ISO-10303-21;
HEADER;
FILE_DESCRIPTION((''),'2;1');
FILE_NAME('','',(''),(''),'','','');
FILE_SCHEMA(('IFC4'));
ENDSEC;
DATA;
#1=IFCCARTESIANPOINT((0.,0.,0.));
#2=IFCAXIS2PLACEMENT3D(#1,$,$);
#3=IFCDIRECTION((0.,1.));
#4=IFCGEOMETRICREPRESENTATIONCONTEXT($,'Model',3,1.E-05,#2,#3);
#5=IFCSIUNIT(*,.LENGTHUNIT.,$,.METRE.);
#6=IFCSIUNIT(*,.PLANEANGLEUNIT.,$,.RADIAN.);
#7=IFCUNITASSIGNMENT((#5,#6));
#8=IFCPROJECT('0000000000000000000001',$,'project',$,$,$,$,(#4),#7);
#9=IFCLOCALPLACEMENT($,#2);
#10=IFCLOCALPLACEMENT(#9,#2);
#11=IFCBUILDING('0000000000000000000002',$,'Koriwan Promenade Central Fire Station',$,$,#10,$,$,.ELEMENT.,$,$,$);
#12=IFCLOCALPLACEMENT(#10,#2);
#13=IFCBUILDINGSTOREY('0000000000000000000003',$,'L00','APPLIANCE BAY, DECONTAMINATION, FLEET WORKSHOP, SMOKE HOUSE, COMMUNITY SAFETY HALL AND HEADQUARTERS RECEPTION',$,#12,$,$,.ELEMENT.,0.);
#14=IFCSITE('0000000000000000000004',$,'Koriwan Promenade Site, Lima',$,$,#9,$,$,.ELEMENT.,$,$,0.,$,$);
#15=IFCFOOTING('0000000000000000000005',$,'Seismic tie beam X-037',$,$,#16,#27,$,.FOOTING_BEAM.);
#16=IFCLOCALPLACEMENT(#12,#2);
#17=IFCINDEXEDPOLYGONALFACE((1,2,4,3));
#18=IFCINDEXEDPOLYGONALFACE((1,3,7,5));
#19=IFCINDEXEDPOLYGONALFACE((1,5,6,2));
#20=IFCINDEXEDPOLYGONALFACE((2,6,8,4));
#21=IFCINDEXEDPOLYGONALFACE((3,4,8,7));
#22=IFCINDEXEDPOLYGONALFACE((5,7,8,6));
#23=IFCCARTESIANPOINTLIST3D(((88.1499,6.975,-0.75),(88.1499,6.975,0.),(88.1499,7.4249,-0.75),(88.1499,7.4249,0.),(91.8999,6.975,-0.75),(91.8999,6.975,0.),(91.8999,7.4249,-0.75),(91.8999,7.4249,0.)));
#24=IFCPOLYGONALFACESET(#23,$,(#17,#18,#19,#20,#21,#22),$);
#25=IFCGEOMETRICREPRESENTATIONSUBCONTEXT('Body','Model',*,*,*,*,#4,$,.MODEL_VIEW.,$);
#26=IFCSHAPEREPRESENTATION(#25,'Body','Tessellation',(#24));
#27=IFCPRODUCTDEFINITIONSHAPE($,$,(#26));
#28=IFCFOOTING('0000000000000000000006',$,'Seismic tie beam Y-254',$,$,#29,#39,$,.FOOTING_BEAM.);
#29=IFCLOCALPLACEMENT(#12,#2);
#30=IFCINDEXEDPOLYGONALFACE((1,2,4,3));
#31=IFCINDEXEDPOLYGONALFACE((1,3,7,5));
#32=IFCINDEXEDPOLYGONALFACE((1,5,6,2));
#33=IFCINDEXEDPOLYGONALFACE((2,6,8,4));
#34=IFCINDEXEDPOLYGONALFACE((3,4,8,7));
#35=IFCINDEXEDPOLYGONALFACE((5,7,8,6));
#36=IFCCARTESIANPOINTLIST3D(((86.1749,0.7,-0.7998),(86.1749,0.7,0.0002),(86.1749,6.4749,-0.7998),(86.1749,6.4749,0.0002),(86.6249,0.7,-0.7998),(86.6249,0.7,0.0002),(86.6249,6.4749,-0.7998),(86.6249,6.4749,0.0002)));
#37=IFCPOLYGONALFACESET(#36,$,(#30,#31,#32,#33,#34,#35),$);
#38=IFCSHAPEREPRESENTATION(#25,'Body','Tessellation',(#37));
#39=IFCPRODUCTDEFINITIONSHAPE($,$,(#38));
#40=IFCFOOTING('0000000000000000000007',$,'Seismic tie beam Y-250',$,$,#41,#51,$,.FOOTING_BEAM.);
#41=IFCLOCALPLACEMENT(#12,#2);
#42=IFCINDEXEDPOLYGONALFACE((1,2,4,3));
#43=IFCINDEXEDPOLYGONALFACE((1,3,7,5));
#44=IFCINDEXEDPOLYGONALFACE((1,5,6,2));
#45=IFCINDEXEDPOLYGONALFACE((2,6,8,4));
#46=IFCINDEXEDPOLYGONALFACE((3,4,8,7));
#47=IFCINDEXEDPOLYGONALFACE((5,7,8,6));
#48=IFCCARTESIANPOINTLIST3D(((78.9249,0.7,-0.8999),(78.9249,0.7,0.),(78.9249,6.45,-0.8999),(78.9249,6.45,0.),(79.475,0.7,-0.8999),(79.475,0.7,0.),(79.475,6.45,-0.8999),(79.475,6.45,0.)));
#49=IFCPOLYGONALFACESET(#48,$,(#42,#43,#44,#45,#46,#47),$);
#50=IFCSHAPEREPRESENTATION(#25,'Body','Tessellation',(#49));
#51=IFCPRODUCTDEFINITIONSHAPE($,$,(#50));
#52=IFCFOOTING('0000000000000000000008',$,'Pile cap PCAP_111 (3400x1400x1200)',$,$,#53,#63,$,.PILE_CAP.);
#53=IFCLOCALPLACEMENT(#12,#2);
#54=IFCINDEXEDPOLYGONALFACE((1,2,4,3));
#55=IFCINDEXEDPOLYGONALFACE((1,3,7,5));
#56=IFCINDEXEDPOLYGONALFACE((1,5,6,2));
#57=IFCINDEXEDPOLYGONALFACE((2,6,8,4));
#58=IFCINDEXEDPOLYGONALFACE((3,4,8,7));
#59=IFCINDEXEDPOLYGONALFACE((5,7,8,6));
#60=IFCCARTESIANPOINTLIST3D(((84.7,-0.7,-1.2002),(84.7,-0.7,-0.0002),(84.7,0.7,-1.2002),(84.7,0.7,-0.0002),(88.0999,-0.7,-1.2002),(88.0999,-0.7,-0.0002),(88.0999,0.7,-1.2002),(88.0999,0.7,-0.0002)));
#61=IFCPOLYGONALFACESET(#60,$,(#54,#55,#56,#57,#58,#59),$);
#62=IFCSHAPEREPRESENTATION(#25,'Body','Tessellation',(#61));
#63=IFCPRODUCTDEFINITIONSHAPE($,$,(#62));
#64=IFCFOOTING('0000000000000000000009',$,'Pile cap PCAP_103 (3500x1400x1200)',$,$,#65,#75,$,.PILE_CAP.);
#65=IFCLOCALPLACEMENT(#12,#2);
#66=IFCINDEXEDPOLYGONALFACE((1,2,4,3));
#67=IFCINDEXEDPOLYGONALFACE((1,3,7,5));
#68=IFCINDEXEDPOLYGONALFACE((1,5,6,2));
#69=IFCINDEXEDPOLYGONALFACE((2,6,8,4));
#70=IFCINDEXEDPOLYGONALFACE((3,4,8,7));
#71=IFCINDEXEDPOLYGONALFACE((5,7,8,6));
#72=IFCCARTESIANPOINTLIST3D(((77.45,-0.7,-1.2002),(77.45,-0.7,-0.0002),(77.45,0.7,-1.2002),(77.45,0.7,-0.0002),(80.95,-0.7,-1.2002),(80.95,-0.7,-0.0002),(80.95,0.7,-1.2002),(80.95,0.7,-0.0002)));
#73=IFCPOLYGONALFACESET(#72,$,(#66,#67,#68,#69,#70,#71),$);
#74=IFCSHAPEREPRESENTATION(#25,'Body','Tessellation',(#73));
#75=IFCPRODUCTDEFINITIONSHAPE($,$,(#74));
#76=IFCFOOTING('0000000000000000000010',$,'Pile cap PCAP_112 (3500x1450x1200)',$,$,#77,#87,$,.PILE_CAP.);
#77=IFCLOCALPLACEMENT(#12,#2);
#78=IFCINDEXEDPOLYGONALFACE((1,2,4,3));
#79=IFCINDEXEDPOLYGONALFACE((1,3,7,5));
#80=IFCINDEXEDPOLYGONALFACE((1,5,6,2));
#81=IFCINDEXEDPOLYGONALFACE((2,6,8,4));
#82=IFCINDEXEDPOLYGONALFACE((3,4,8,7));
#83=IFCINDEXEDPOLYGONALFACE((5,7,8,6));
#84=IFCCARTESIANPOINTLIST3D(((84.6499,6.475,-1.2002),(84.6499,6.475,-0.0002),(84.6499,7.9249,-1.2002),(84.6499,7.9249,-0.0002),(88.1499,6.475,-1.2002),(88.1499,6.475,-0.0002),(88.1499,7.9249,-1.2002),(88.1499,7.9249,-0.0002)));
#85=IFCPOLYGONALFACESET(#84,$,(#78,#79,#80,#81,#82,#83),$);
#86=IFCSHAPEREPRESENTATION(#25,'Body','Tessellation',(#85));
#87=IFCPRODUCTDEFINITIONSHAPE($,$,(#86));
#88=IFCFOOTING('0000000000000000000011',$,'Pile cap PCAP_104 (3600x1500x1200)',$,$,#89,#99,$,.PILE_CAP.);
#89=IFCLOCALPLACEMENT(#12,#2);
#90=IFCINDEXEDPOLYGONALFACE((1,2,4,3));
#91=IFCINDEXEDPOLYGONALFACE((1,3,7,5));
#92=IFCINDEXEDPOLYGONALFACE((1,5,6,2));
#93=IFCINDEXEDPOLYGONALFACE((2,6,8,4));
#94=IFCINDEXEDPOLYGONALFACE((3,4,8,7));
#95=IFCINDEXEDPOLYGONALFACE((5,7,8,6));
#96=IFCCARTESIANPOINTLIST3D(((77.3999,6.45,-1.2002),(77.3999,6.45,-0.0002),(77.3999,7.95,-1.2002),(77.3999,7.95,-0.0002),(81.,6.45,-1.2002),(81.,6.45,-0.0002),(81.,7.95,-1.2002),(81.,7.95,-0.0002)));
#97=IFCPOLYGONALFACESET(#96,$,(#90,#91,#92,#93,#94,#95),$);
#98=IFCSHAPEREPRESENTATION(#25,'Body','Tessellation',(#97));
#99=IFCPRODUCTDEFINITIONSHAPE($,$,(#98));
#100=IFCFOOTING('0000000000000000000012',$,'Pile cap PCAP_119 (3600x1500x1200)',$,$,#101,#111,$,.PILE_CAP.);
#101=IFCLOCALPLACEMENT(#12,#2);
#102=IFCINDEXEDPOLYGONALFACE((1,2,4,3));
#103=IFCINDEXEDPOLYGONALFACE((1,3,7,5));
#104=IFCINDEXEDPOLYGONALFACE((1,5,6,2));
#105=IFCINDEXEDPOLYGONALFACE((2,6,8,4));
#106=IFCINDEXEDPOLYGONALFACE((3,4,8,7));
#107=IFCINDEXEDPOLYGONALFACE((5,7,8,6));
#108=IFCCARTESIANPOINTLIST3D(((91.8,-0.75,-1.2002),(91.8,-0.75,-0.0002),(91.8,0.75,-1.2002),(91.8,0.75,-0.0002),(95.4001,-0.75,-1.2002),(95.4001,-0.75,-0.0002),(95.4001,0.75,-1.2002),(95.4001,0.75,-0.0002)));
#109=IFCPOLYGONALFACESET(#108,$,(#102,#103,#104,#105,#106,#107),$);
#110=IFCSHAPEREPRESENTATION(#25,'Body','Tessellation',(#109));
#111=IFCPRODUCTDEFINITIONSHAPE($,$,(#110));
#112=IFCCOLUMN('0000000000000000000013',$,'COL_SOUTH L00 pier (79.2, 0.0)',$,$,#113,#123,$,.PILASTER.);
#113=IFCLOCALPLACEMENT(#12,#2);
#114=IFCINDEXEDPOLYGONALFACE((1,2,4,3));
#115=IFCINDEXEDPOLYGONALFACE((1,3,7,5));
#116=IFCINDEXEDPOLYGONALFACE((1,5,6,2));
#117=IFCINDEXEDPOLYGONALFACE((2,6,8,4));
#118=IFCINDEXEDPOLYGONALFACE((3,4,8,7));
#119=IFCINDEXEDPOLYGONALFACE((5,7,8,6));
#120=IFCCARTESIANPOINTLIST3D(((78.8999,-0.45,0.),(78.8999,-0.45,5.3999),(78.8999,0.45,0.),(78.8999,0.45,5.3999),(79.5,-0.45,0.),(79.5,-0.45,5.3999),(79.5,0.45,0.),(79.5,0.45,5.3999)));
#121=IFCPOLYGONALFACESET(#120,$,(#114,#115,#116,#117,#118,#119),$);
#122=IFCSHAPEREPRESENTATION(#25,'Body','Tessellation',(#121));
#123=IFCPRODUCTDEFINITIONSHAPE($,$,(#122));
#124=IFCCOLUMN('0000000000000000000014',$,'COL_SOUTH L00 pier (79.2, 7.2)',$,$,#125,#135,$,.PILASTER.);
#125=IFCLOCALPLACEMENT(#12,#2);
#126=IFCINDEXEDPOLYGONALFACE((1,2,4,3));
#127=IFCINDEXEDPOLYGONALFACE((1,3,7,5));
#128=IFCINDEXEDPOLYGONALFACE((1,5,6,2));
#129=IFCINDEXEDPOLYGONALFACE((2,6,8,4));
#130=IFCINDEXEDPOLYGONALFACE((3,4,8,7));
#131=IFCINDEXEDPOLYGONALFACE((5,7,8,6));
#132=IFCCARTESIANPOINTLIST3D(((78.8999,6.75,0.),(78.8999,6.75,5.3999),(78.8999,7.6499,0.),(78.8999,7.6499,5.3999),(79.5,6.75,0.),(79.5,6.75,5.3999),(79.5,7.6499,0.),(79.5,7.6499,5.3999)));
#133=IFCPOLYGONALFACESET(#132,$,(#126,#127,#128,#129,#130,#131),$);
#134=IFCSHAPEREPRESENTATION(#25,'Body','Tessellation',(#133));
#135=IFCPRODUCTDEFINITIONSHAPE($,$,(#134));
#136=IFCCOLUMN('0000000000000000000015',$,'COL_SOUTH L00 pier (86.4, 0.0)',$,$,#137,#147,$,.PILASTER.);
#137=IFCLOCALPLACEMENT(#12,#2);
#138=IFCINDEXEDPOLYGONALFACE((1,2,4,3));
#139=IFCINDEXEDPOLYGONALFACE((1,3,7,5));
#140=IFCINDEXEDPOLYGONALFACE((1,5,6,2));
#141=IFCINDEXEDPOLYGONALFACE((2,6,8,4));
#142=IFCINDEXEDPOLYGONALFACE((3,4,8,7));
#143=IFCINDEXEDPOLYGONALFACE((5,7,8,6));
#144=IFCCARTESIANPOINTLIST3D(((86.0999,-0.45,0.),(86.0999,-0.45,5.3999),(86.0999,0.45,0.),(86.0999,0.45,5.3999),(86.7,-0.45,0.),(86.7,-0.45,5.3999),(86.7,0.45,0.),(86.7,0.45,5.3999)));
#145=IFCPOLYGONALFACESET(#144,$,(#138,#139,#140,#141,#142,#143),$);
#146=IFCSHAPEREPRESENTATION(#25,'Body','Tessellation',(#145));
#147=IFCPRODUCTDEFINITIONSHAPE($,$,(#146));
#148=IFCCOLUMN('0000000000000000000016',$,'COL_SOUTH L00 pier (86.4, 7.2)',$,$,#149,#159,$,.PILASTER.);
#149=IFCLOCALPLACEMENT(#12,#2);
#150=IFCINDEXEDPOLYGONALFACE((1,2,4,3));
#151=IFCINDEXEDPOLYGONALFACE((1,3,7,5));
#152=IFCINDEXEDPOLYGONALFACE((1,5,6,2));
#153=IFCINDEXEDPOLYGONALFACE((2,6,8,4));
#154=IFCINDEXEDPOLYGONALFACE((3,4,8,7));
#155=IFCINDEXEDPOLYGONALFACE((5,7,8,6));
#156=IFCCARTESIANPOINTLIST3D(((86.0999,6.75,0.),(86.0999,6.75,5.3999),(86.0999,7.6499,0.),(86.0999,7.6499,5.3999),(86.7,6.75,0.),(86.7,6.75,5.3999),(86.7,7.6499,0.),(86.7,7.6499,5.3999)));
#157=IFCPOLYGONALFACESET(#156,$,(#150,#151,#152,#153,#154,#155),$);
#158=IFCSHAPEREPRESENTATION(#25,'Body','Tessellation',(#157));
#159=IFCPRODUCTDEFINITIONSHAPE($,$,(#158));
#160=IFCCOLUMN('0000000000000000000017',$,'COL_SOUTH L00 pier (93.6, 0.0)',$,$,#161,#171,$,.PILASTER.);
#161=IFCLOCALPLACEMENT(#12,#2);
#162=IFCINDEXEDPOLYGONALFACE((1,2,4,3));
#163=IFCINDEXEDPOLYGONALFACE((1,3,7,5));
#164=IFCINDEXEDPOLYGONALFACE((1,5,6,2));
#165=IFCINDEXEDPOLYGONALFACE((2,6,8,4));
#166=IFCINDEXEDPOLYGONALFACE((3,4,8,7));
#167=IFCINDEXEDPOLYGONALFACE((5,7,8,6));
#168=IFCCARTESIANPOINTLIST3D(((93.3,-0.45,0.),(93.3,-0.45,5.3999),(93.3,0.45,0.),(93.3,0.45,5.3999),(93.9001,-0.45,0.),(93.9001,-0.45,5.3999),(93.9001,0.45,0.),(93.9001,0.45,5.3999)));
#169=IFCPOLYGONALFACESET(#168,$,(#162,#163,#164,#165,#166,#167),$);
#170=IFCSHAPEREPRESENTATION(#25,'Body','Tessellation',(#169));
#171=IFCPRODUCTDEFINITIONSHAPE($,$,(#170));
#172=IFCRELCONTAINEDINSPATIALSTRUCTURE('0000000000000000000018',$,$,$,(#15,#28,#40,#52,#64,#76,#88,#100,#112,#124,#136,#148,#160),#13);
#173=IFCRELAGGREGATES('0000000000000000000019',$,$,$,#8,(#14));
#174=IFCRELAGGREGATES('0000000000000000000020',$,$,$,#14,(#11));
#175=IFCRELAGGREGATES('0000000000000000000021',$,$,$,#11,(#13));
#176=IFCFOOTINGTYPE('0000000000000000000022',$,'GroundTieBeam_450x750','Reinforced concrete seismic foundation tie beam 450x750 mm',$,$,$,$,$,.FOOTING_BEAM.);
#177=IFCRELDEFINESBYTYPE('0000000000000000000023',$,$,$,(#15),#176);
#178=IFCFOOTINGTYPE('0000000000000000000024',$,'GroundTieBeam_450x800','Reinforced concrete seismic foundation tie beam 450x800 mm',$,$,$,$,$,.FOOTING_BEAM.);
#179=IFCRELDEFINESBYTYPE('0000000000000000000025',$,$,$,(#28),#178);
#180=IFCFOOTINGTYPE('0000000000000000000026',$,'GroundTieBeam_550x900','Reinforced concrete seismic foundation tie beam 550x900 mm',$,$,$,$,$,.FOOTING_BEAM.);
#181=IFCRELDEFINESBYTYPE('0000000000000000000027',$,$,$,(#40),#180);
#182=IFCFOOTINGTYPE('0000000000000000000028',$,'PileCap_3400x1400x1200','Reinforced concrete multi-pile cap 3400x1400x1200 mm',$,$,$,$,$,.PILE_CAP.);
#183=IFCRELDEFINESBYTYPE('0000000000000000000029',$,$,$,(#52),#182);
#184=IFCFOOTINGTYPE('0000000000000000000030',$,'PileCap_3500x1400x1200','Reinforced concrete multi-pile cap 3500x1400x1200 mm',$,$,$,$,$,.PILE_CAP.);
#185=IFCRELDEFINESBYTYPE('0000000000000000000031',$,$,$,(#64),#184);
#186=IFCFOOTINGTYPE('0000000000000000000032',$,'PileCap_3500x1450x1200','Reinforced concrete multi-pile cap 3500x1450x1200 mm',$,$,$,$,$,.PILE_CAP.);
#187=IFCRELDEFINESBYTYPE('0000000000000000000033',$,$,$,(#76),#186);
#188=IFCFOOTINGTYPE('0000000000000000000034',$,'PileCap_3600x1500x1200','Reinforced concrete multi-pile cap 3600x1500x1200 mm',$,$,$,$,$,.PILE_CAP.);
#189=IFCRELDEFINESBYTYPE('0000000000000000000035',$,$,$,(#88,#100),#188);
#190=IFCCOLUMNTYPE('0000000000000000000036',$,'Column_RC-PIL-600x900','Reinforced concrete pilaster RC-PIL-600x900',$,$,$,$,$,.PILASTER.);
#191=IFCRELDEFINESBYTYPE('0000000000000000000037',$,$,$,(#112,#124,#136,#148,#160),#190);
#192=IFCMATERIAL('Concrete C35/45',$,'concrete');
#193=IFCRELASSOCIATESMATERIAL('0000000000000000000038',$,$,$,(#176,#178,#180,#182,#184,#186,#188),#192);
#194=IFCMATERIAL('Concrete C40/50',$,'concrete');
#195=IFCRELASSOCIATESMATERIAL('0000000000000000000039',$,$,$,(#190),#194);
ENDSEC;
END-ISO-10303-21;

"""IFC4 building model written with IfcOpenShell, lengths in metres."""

from ifc_helpers import new_model, si_unit, direction, frame, origin, origin_2d, place, context, subcontext, project, spatial, rectangle, extrude, material, material_profile, profile_set, type_object, element, save


model = new_model("IFC4")

# Units and contexts
model_context = context("Model", 3, precision=1e-05, world=origin(), true_north=direction((0.0, 1.0)))
body_context = subcontext(model_context, "Body", "Model", "MODEL_VIEW")
ifc_project = project(units=[si_unit("LENGTHUNIT", "METRE"), si_unit("PLANEANGLEUNIT", "RADIAN")], contexts=[model_context])

# Site, building, storey
site_placement = place(None, origin())
site = spatial("IfcSite", under=ifc_project, at=site_placement, Name="Koriwan Promenade Site, Lima", CompositionType="ELEMENT", RefElevation=0.0)
building_placement = place(site_placement, origin())
building = spatial("IfcBuilding", under=site, at=building_placement, Name="Koriwan Promenade Central Fire Station", CompositionType="ELEMENT")
storey_placement = place(building_placement, origin())
storey = spatial("IfcBuildingStorey", under=building, at=storey_placement, Name="L00", Description="APPLIANCE BAY, DECONTAMINATION, FLEET WORKSHOP, SMOKE HOUSE, COMMUNITY SAFETY HALL AND HEADQUARTERS RECEPTION", CompositionType="ELEMENT", Elevation=0.0)

# Shared definitions
ifc_material_1 = material(Name="Concrete C35/45", Category="concrete")

# Footings
footing_type_1 = type_object("IfcFootingType", Name="GroundTieBeam_450x750", Description="Reinforced concrete seismic foundation tie beam 450x750 mm", PredefinedType="FOOTING_BEAM", material=ifc_material_1)
footing_1_placement = place(storey_placement, frame((90.0249, 7.2, -0.75), z_axis=(0.0, 0.0, 1.0), x_axis=(1.0, 0.0, 0.0)))
element("IfcFooting", 1, at=footing_1_placement, inside=storey, type_object=footing_type_1, Name="Seismic tie beam X-037", PredefinedType="FOOTING_BEAM", context=body_context, shape_type="SweptSolid", body=[
    extrude(rectangle(XDim=3.75, YDim=0.45, at=origin_2d()), origin(), (0.0, 0.0, 1.0), 0.75),
])
footing_type_2 = type_object("IfcFootingType", Name="GroundTieBeam_450x800", Description="Reinforced concrete seismic foundation tie beam 450x800 mm", PredefinedType="FOOTING_BEAM", material=ifc_material_1)
footing_2_placement = place(storey_placement, frame((86.3999, 3.5874, -0.7998), z_axis=(0.0, 0.0, 1.0), x_axis=(0.0, 1.0, 0.0)))
element("IfcFooting", 2, at=footing_2_placement, inside=storey, type_object=footing_type_2, Name="Seismic tie beam Y-254", PredefinedType="FOOTING_BEAM", context=body_context, shape_type="SweptSolid", body=[
    extrude(rectangle(XDim=5.7749, YDim=0.45, at=origin_2d()), origin(), (0.0, 0.0, 1.0), 0.8),
])
footing_type_3 = type_object("IfcFootingType", Name="GroundTieBeam_550x900", Description="Reinforced concrete seismic foundation tie beam 550x900 mm", PredefinedType="FOOTING_BEAM", material=ifc_material_1)
footing_3_placement = place(storey_placement, frame((79.2, 3.575, -0.8999), z_axis=(0.0, 0.0, 1.0), x_axis=(0.0, 1.0, 0.0)))
element("IfcFooting", 3, at=footing_3_placement, inside=storey, type_object=footing_type_3, Name="Seismic tie beam Y-250", PredefinedType="FOOTING_BEAM", context=body_context, shape_type="SweptSolid", body=[
    extrude(rectangle(XDim=5.75, YDim=0.55, at=origin_2d()), origin(), (0.0, 0.0, 1.0), 0.8999),
])
footing_type_4 = type_object("IfcFootingType", Name="PileCap_3400x1400x1200", Description="Reinforced concrete multi-pile cap 3400x1400x1200 mm", PredefinedType="PILE_CAP", material=ifc_material_1)
footing_4_placement = place(storey_placement, frame((86.3999, 0.0, -1.2002), z_axis=(0.0, 0.0, 1.0), x_axis=(1.0, 0.0, 0.0)))
element("IfcFooting", 4, at=footing_4_placement, inside=storey, type_object=footing_type_4, Name="Pile cap PCAP_111 (3400x1400x1200)", PredefinedType="PILE_CAP", context=body_context, shape_type="SweptSolid", body=[
    extrude(rectangle(XDim=3.3999, YDim=1.3999, at=origin_2d()), origin(), (0.0, 0.0, 1.0), 1.2),
])
footing_type_5 = type_object("IfcFootingType", Name="PileCap_3500x1400x1200", Description="Reinforced concrete multi-pile cap 3500x1400x1200 mm", PredefinedType="PILE_CAP", material=ifc_material_1)
footing_5_placement = place(storey_placement, frame((79.2, 0.0, -1.2002), z_axis=(0.0, 0.0, 1.0), x_axis=(1.0, 0.0, 0.0)))
element("IfcFooting", 5, at=footing_5_placement, inside=storey, type_object=footing_type_5, Name="Pile cap PCAP_103 (3500x1400x1200)", PredefinedType="PILE_CAP", context=body_context, shape_type="SweptSolid", body=[
    extrude(rectangle(XDim=3.5, YDim=1.3999, at=origin_2d()), origin(), (0.0, 0.0, 1.0), 1.2),
])
footing_type_6 = type_object("IfcFootingType", Name="PileCap_3500x1450x1200", Description="Reinforced concrete multi-pile cap 3500x1450x1200 mm", PredefinedType="PILE_CAP", material=ifc_material_1)
footing_6_placement = place(storey_placement, frame((86.3999, 7.2, -1.2002), z_axis=(0.0, 0.0, 1.0), x_axis=(1.0, 0.0, 0.0)))
element("IfcFooting", 6, at=footing_6_placement, inside=storey, type_object=footing_type_6, Name="Pile cap PCAP_112 (3500x1450x1200)", PredefinedType="PILE_CAP", context=body_context, shape_type="SweptSolid", body=[
    extrude(rectangle(XDim=3.5, YDim=1.45, at=origin_2d()), origin(), (0.0, 0.0, 1.0), 1.2),
])
footing_type_7 = type_object("IfcFootingType", Name="PileCap_3600x1500x1200", Description="Reinforced concrete multi-pile cap 3600x1500x1200 mm", PredefinedType="PILE_CAP", material=ifc_material_1)
for number, where, z_axis, x_axis, name in (
    (7, (79.2, 7.2, -1.2002), (0.0, 0.0, 1.0), (1.0, 0.0, 0.0), "Pile cap PCAP_104 (3600x1500x1200)"),
    (8, (93.6001, 0.0, -1.2002), (0.0, 0.0, 1.0), (1.0, 0.0, 0.0), "Pile cap PCAP_119 (3600x1500x1200)"),
):
    element("IfcFooting", number, at=place(storey_placement, frame(where, z_axis=z_axis, x_axis=x_axis)), inside=storey, type_object=footing_type_7, Name=name, PredefinedType="PILE_CAP", context=body_context, shape_type="SweptSolid", body=[
        extrude(rectangle(XDim=3.6001, YDim=1.5, at=origin_2d()), origin(), (0.0, 0.0, 1.0), 1.2),
    ])

# Columns
ifc_material_2 = material(Name="Concrete C40/50", Category="concrete")
ifc_material_profile_1 = material_profile(ifc_material_2, rectangle(XDim=0.6001, YDim=0.8999, at=origin_2d()), Name="RC-PIL-600x900")
ifc_profile_set_1 = profile_set([ifc_material_profile_1], Name="Concrete C40/50")
column_type = type_object("IfcColumnType", Name="Column_RC-PIL-600x900", Description="Reinforced concrete pilaster RC-PIL-600x900", PredefinedType="PILASTER", material=ifc_profile_set_1)
for number, where, z_axis, x_axis, name in (
    (9, (79.2, 0.0, 0.0), (0.0, 0.0, 1.0), (1.0, 0.0, 0.0), "COL_SOUTH L00 pier (79.2, 0.0)"),
    (10, (79.2, 7.2, 0.0), (0.0, 0.0, 1.0), (1.0, 0.0, 0.0), "COL_SOUTH L00 pier (79.2, 7.2)"),
    (11, (86.3999, 0.0, 0.0), (0.0, 0.0, 1.0), (1.0, 0.0, 0.0), "COL_SOUTH L00 pier (86.4, 0.0)"),
    (12, (86.3999, 7.2, 0.0), (0.0, 0.0, 1.0), (1.0, 0.0, 0.0), "COL_SOUTH L00 pier (86.4, 7.2)"),
    (13, (93.6001, 0.0, 0.0), (0.0, 0.0, 1.0), (1.0, 0.0, 0.0), "COL_SOUTH L00 pier (93.6, 0.0)"),
):
    element("IfcColumn", number, at=place(storey_placement, frame(where, z_axis=z_axis, x_axis=x_axis)), inside=storey, type_object=column_type, Name=name, PredefinedType="PILASTER", context=body_context, shape_type="SweptSolid", body=[
        extrude(rectangle(XDim=0.6001, YDim=0.8999, at=origin_2d()), origin(), (0.0, 0.0, 1.0), 5.3999),
    ])

save(model, "model.ifc")
